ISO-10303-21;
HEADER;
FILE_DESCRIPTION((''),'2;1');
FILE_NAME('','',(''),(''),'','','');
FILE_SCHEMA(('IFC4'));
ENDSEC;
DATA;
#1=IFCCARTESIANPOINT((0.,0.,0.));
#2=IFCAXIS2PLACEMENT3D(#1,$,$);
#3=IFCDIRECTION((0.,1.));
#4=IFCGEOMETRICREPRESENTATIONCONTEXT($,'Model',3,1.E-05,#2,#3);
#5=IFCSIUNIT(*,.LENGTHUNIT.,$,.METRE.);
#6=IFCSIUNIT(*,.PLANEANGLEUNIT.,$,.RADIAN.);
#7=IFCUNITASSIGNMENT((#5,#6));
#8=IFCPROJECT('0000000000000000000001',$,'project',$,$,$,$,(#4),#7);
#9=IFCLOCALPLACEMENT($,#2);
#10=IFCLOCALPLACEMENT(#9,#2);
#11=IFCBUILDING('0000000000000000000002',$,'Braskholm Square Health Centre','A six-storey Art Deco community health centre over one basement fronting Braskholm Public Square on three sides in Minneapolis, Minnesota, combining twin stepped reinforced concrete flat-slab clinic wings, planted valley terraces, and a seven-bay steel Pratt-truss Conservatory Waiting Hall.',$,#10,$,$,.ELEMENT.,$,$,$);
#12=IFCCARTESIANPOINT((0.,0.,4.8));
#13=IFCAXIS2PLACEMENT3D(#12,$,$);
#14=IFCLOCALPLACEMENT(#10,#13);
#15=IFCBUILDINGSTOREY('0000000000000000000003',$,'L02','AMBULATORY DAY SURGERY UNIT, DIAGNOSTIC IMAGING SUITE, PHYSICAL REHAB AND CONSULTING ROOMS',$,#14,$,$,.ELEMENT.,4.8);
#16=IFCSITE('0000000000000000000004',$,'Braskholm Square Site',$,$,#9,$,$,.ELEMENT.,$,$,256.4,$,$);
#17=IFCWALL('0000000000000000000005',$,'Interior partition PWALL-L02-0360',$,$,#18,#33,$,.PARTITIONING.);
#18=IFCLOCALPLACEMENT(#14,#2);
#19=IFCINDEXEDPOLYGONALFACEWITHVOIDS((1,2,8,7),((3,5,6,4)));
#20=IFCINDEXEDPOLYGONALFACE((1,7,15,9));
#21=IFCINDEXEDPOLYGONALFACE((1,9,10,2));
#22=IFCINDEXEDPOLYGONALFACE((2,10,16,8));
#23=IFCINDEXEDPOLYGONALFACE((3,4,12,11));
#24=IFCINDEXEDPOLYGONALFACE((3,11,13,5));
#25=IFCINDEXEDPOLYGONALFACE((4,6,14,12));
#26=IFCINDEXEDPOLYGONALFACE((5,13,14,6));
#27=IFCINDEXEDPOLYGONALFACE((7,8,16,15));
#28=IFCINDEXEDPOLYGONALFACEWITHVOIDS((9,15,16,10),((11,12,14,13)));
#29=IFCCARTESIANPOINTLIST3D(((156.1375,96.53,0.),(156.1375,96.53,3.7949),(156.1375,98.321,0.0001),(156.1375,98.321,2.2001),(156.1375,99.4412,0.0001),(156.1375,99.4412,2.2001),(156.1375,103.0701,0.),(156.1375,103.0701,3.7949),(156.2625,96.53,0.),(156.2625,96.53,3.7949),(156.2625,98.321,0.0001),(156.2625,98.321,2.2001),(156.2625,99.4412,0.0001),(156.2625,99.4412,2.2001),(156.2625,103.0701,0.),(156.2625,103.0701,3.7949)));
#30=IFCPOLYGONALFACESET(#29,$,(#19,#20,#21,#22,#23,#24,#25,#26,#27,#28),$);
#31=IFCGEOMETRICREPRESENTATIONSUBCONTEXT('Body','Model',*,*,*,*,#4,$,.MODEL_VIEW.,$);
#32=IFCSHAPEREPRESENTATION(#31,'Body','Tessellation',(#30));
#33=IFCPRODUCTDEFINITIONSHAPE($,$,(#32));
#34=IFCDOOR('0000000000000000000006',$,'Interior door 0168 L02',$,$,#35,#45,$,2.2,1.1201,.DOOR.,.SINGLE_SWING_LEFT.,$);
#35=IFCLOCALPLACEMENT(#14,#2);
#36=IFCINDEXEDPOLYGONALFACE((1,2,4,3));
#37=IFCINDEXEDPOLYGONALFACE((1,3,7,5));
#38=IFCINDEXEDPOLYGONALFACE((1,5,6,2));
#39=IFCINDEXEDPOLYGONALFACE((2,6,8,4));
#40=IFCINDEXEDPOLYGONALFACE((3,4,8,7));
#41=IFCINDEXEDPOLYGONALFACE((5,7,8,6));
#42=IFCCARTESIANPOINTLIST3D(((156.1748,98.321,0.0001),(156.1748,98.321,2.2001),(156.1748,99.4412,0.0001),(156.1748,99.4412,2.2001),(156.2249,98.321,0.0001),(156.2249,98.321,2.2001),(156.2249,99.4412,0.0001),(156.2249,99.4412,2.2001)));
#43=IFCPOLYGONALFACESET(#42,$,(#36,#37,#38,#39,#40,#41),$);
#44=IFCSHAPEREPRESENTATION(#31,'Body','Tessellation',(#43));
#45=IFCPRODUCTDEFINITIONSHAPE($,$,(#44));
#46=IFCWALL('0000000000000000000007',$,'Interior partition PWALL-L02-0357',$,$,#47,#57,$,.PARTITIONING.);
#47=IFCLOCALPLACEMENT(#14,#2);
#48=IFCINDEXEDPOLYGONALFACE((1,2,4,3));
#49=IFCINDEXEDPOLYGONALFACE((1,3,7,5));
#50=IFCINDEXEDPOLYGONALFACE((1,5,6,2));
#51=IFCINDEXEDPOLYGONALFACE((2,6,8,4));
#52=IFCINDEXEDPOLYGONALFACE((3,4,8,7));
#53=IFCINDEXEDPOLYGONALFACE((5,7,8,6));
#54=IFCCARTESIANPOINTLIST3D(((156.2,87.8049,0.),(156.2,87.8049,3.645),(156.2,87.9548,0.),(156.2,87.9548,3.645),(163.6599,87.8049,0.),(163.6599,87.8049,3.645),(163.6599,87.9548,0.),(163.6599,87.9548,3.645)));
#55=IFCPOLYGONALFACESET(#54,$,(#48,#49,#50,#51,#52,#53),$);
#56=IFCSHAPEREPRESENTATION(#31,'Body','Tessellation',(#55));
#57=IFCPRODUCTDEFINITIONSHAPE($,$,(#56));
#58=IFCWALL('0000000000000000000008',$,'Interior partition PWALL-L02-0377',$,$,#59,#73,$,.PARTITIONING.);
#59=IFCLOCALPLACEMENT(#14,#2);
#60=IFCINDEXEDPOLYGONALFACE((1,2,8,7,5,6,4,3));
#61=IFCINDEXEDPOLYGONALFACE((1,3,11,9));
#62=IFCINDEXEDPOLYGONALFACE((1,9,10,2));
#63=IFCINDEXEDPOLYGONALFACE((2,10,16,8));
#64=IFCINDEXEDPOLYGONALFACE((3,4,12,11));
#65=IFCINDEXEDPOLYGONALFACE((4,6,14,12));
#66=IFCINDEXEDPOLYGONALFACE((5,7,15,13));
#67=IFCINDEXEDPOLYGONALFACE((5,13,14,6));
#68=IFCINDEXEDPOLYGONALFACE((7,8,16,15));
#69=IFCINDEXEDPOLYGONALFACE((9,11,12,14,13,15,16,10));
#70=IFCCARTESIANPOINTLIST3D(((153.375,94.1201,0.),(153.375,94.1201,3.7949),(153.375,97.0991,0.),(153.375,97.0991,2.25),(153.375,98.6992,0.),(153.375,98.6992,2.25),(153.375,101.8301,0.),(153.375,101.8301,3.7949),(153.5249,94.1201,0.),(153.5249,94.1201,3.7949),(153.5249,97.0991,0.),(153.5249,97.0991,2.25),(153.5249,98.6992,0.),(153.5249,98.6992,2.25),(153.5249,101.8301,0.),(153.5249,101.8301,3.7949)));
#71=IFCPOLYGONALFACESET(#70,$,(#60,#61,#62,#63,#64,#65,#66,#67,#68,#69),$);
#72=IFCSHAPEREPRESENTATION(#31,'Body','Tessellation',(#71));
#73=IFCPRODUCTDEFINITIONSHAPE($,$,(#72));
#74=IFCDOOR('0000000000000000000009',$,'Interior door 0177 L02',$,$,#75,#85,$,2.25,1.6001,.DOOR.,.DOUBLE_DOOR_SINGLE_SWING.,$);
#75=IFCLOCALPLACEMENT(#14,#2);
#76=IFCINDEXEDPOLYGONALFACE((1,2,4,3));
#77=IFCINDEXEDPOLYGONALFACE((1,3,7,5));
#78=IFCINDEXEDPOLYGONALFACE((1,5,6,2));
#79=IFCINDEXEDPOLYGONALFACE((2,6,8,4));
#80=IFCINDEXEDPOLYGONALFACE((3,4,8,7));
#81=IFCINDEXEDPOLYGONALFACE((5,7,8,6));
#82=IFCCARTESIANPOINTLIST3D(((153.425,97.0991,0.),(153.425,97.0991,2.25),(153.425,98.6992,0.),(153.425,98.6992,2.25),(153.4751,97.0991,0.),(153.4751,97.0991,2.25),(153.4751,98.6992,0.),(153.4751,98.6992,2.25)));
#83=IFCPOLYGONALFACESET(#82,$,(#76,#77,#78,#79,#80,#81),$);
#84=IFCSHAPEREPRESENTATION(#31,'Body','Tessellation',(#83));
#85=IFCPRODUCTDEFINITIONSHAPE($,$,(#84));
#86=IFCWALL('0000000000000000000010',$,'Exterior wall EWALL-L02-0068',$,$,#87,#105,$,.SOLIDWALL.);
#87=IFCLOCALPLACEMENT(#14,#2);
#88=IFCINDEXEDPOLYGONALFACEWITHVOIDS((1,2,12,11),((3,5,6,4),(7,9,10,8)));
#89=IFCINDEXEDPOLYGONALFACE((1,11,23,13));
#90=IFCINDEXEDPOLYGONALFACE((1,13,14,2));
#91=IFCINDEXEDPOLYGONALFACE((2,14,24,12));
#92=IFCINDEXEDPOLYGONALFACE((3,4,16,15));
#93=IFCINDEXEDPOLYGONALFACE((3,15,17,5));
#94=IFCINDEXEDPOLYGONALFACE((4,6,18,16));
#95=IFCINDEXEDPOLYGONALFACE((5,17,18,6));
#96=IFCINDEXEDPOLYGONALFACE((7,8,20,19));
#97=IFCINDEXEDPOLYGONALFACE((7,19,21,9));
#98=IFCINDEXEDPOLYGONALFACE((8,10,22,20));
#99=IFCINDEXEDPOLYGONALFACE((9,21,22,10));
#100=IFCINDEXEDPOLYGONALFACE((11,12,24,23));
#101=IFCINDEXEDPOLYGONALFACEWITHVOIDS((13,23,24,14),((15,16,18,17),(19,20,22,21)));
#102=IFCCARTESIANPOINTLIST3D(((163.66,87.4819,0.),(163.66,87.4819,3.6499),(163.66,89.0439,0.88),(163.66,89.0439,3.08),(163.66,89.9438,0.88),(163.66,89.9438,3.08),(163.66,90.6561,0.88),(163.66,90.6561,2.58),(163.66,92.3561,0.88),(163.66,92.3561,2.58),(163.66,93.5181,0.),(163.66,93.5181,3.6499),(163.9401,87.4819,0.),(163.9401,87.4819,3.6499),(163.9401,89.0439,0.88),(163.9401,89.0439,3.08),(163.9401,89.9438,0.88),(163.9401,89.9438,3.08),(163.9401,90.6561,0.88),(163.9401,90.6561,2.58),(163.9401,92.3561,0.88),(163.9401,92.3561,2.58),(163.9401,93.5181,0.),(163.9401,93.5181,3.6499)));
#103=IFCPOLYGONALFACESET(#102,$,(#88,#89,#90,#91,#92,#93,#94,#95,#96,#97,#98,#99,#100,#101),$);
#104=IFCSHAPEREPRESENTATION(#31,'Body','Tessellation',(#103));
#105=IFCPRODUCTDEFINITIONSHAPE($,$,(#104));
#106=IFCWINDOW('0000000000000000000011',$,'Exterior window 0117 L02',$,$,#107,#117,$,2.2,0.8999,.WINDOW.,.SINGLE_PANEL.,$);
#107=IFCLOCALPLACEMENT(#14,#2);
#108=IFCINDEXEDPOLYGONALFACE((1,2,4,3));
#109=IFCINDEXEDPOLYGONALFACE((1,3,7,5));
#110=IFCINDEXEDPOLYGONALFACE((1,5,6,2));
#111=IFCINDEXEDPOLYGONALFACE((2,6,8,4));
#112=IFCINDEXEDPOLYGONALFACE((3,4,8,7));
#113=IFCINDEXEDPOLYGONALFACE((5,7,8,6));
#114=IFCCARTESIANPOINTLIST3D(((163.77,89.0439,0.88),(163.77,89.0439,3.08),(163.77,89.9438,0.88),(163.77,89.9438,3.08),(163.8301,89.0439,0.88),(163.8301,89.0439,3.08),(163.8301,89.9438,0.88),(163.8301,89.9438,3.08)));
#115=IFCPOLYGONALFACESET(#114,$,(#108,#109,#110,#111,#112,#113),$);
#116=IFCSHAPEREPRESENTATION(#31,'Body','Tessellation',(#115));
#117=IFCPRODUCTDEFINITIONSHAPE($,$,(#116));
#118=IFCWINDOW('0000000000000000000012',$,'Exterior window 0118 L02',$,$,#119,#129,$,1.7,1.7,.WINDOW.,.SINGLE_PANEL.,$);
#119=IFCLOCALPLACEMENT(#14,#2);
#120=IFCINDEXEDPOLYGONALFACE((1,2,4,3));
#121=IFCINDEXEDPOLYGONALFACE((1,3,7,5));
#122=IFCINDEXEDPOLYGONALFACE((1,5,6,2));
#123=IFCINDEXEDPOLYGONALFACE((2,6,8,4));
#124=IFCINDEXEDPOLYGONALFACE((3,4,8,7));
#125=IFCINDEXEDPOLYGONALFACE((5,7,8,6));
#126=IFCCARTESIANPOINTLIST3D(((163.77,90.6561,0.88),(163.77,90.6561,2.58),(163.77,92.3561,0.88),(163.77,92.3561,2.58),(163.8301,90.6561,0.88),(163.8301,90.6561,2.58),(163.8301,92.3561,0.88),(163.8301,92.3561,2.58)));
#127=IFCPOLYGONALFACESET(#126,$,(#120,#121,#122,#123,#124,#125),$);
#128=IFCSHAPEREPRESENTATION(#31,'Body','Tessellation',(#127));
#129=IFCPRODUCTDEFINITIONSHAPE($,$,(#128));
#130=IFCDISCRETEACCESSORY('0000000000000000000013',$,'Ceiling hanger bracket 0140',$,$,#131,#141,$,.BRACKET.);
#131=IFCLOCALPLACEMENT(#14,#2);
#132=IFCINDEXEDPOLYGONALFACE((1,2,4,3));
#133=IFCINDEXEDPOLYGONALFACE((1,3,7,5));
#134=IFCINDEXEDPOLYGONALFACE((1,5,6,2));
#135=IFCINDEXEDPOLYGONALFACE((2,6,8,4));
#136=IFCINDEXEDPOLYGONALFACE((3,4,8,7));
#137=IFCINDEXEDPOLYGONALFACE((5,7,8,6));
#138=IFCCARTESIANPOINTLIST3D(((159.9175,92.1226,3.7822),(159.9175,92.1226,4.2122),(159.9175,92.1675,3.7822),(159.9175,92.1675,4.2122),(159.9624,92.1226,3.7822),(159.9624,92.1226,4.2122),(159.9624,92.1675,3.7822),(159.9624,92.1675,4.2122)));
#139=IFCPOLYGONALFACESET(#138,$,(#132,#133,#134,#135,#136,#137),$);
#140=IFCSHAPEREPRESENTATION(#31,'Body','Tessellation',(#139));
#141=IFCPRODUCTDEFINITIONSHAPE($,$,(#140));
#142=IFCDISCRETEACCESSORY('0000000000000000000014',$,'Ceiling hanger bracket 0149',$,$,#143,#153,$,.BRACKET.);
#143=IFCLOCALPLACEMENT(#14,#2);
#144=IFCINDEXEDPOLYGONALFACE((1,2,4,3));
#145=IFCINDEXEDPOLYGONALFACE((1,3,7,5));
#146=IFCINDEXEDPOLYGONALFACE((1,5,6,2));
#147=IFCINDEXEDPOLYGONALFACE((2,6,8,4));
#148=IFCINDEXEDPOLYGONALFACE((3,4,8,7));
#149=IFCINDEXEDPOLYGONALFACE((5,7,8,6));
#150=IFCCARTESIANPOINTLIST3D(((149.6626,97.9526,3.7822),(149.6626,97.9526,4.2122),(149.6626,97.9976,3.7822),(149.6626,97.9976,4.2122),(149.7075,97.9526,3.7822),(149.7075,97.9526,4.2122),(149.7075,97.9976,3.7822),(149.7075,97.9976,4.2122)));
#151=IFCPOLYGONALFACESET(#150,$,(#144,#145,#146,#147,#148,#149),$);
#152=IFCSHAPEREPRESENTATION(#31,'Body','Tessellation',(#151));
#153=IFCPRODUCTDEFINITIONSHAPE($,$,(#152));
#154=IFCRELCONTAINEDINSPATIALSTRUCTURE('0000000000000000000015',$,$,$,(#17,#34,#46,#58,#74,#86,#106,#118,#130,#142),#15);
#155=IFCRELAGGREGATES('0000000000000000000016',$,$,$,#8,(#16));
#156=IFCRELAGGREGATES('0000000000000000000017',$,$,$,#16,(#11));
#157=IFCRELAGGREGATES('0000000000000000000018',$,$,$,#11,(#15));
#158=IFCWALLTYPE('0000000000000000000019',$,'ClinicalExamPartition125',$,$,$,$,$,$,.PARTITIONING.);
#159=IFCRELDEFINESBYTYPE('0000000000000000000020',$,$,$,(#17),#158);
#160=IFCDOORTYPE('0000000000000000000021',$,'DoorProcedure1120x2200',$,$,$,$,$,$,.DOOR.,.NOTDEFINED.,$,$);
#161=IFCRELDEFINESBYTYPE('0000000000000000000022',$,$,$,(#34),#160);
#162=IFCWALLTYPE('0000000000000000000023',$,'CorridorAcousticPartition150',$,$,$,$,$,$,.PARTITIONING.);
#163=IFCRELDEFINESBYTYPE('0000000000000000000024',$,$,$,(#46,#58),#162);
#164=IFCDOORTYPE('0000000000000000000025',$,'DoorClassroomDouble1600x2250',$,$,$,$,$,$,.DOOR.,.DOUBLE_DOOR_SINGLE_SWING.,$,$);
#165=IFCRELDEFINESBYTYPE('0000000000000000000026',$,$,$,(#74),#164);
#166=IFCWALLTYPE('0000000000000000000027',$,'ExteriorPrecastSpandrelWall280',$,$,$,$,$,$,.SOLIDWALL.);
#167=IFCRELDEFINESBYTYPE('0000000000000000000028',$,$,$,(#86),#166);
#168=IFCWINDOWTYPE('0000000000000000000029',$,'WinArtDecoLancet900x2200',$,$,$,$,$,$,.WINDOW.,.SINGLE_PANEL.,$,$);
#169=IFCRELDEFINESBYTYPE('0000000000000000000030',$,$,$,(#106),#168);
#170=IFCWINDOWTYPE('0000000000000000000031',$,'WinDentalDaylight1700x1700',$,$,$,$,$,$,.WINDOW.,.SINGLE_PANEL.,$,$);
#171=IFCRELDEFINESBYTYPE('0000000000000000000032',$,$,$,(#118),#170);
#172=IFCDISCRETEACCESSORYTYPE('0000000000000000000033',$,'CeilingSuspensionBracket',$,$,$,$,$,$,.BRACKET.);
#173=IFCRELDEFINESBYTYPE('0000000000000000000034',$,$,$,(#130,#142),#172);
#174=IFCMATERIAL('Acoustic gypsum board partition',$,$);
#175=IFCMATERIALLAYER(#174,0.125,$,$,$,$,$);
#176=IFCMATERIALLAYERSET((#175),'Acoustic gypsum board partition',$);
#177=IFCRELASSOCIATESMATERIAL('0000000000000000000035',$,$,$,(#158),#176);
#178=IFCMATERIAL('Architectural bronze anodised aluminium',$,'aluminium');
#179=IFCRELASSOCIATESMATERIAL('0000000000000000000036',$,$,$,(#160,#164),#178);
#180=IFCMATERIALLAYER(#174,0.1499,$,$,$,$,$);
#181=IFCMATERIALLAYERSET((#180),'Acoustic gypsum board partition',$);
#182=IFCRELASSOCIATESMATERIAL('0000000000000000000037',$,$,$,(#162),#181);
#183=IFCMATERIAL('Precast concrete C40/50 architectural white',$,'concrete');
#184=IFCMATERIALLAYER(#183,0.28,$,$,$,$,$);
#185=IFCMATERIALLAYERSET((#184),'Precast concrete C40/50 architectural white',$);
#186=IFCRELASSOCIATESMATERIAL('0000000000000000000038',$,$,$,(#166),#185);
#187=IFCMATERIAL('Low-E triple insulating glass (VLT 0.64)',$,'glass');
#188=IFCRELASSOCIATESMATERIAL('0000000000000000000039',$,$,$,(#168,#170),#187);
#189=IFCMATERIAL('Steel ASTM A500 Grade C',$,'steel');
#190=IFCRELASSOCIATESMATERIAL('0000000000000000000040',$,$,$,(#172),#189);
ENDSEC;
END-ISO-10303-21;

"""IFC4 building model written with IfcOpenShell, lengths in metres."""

from ifc_helpers import new_model, si_unit, direction, frame, frame_2d, origin, origin_with_axes, origin_2d, place, context, subcontext, project, spatial, rectangle, extrude, material, layer, layer_set, type_object, element, fill, save


model = new_model("IFC4")

# Units and contexts
model_context = context("Model", 3, precision=1e-05, world=origin(), true_north=direction((0.0, 1.0)))
body_context = subcontext(model_context, "Body", "Model", "MODEL_VIEW")
ifc_project = project(units=[si_unit("LENGTHUNIT", "METRE"), si_unit("PLANEANGLEUNIT", "RADIAN")], contexts=[model_context])

# Site, building, storey
site_placement = place(None, origin())
site = spatial("IfcSite", under=ifc_project, at=site_placement, Name="Braskholm Square Site", CompositionType="ELEMENT", RefElevation=256.4)
building_placement = place(site_placement, origin())
building = spatial("IfcBuilding", under=site, at=building_placement, Name="Braskholm Square Health Centre", Description="A six-storey Art Deco community health centre over one basement fronting Braskholm Public Square on three sides in Minneapolis, Minnesota, combining twin stepped reinforced concrete flat-slab clinic wings, planted valley terraces, and a seven-bay steel Pratt-truss Conservatory Waiting Hall.", CompositionType="ELEMENT")
storey_placement = place(building_placement, frame((0.0, 0.0, 4.8)))
storey = spatial("IfcBuildingStorey", under=building, at=storey_placement, Name="L02", Description="AMBULATORY DAY SURGERY UNIT, DIAGNOSTIC IMAGING SUITE, PHYSICAL REHAB AND CONSULTING ROOMS", CompositionType="ELEMENT", Elevation=4.8)

# Shared definitions
ifc_material_1 = material(Name="Precast concrete C40/50 architectural white", Category="concrete")

# Shared definitions
ifc_material_2 = material(Name="Low-E triple insulating glass (VLT 0.64)", Category="glass")
ifc_material_3 = material(Name="Architectural bronze anodised aluminium", Category="aluminium")

# Shared definitions
ifc_material_4 = material(Name="Acoustic gypsum board partition")
ifc_layer_1 = layer(ifc_material_4, 0.125)
ifc_layer_set_1 = layer_set([ifc_layer_1], Name="Acoustic gypsum board partition")
wall_type_1 = type_object("IfcWallType", Name="ClinicalExamPartition125", PredefinedType="PARTITIONING", material=ifc_layer_set_1)

# Wall, opening, door
wall_1_placement = place(storey_placement, frame((156.2, 96.53, 0.0), z_axis=(0.0, 0.0, 1.0), x_axis=(0.0, 1.0, 0.0)))
wall_1 = element("IfcWall", 1, at=wall_1_placement, inside=storey, type_object=wall_type_1, Name="Interior partition PWALL-L02-0360", PredefinedType="PARTITIONING", context=body_context, shape_type="SweptSolid", body=[
    extrude(rectangle(XDim=6.54, YDim=0.125, at=frame_2d((3.27, 0.0))), origin(), (0.0, 0.0, 1.0), 3.7949),
])
opening_1_placement = place(wall_1_placement, frame((1.791, 0.0, 0.0)))
opening_1 = element("IfcOpeningElement", 2, at=opening_1_placement, cuts=wall_1, PredefinedType="OPENING", context=body_context, shape_type="SweptSolid", body=[
    extrude(rectangle(XDim=1.1201, YDim=2.2, at=frame_2d((0.5601, 1.1001))), frame((0.0, 0.0725, 0.0), z_axis=(0.0, -1.0, 0.0), x_axis=(1.0, 0.0, 0.0)), (0.0, 0.0, 1.0), 0.145),
])
door_type_1 = type_object("IfcDoorType", Name="DoorProcedure1120x2200", OperationType="NOTDEFINED", PredefinedType="DOOR", material=ifc_material_3)
door_1_placement = place(opening_1_placement, frame((1.1201, 0.0, 0.0), z_axis=(0.0, 0.0, 1.0), x_axis=(-1.0, 0.0, 0.0)))
door_1 = element("IfcDoor", 3, at=door_1_placement, inside=storey, type_object=door_type_1, Name="Interior door 0168 L02", OperationType="SINGLE_SWING_LEFT", OverallHeight=2.2, OverallWidth=1.1201, PredefinedType="DOOR", context=body_context, shape_type="SweptSolid", body=[
    extrude(rectangle(XDim=1.1201, YDim=2.2, at=frame_2d((0.5601, 1.1001))), frame((0.0, 0.0249, 0.0), z_axis=(0.0, -1.0, 0.0), x_axis=(1.0, 0.0, 0.0)), (0.0, 0.0, 1.0), 0.05),
])
fill(opening_1, door_1)

# Wall
ifc_layer_2 = layer(ifc_material_4, 0.1499)
ifc_layer_set_2 = layer_set([ifc_layer_2], Name="Acoustic gypsum board partition")
wall_type_2 = type_object("IfcWallType", Name="CorridorAcousticPartition150", PredefinedType="PARTITIONING", material=ifc_layer_set_2)
wall_2_placement = place(storey_placement, frame((156.2, 87.8799, 0.0), z_axis=(0.0, 0.0, 1.0), x_axis=(1.0, 0.0, 0.0)))
element("IfcWall", 4, at=wall_2_placement, inside=storey, type_object=wall_type_2, Name="Interior partition PWALL-L02-0357", PredefinedType="PARTITIONING", context=body_context, shape_type="SweptSolid", body=[
    extrude(rectangle(XDim=7.46, YDim=0.1499, at=frame_2d((3.73, 0.0))), origin(), (0.0, 0.0, 1.0), 3.645),
])

# Wall, opening, door
wall_3_placement = place(storey_placement, frame((153.45, 94.1201, 0.0), z_axis=(0.0, 0.0, 1.0), x_axis=(0.0, 1.0, 0.0)))
wall_3 = element("IfcWall", 5, at=wall_3_placement, inside=storey, type_object=wall_type_2, Name="Interior partition PWALL-L02-0377", PredefinedType="PARTITIONING", context=body_context, shape_type="SweptSolid", body=[
    extrude(rectangle(XDim=7.71, YDim=0.1499, at=frame_2d((3.855, 0.0))), origin(), (0.0, 0.0, 1.0), 3.7949),
])
opening_2_placement = place(wall_3_placement, frame((2.979, 0.0, 0.0)))
opening_2 = element("IfcOpeningElement", 6, at=opening_2_placement, cuts=wall_3, PredefinedType="OPENING", context=body_context, shape_type="SweptSolid", body=[
    extrude(rectangle(XDim=1.6001, YDim=2.25, at=frame_2d((0.8, 1.125))), frame((0.0, 0.085, 0.0), z_axis=(0.0, -1.0, 0.0), x_axis=(1.0, 0.0, 0.0)), (0.0, 0.0, 1.0), 0.1699),
])
door_type_2 = type_object("IfcDoorType", Name="DoorClassroomDouble1600x2250", OperationType="DOUBLE_DOOR_SINGLE_SWING", PredefinedType="DOOR", material=ifc_material_3)
door_2_placement = place(opening_2_placement, origin_with_axes())
door_2 = element("IfcDoor", 7, at=door_2_placement, inside=storey, type_object=door_type_2, Name="Interior door 0177 L02", OperationType="DOUBLE_DOOR_SINGLE_SWING", OverallHeight=2.25, OverallWidth=1.6001, PredefinedType="DOOR", context=body_context, shape_type="SweptSolid", body=[
    extrude(rectangle(XDim=1.6001, YDim=2.25, at=frame_2d((0.8, 1.125))), frame((0.0, 0.0249, 0.0), z_axis=(0.0, -1.0, 0.0), x_axis=(1.0, 0.0, 0.0)), (0.0, 0.0, 1.0), 0.05),
])
fill(opening_2, door_2)

# Wall, openings, windows
ifc_layer_3 = layer(ifc_material_1, 0.28)
ifc_layer_set_3 = layer_set([ifc_layer_3], Name="Precast concrete C40/50 architectural white")
wall_type_3 = type_object("IfcWallType", Name="ExteriorPrecastSpandrelWall280", PredefinedType="SOLIDWALL", material=ifc_layer_set_3)
wall_4_placement = place(storey_placement, frame((163.8, 87.4819, 0.0), z_axis=(0.0, 0.0, 1.0), x_axis=(0.0, 1.0, 0.0)))
wall_4 = element("IfcWall", 8, at=wall_4_placement, inside=storey, type_object=wall_type_3, Name="Exterior wall EWALL-L02-0068", PredefinedType="SOLIDWALL", context=body_context, shape_type="SweptSolid", body=[
    extrude(rectangle(XDim=6.0361, YDim=0.28, at=frame_2d((3.0181, 0.0))), origin(), (0.0, 0.0, 1.0), 3.6499),
])
opening_3_placement = place(wall_4_placement, frame((1.562, 0.0, 0.8799)))
opening_3 = element("IfcOpeningElement", 9, at=opening_3_placement, cuts=wall_4, PredefinedType="OPENING", context=body_context, shape_type="SweptSolid", body=[
    extrude(rectangle(XDim=0.8999, YDim=2.2, at=frame_2d((0.45, 1.1001))), frame((0.0, 0.1499, 0.0), z_axis=(0.0, -1.0, 0.0), x_axis=(1.0, 0.0, 0.0)), (0.0, 0.0, 1.0), 0.3),
])
opening_4_placement = place(wall_4_placement, frame((3.1741, 0.0, 0.8799)))
opening_4 = element("IfcOpeningElement", 10, at=opening_4_placement, cuts=wall_4, PredefinedType="OPENING", context=body_context, shape_type="SweptSolid", body=[
    extrude(rectangle(XDim=1.7, YDim=1.7, at=frame_2d((0.8501, 0.8501))), frame((0.0, 0.1499, 0.0), z_axis=(0.0, -1.0, 0.0), x_axis=(1.0, 0.0, 0.0)), (0.0, 0.0, 1.0), 0.3),
])
window_type_1 = type_object("IfcWindowType", Name="WinArtDecoLancet900x2200", PartitioningType="SINGLE_PANEL", PredefinedType="WINDOW", material=ifc_material_2)
window_1_placement = place(opening_3_placement, origin_with_axes())
window_1 = element("IfcWindow", 11, at=window_1_placement, inside=storey, type_object=window_type_1, Name="Exterior window 0117 L02", OverallHeight=2.2, OverallWidth=0.8999, PartitioningType="SINGLE_PANEL", PredefinedType="WINDOW", context=body_context, shape_type="SweptSolid", body=[
    extrude(rectangle(XDim=0.8999, YDim=2.2, at=frame_2d((0.45, 1.1001))), frame((0.0, 0.03, 0.0), z_axis=(0.0, -1.0, 0.0), x_axis=(1.0, 0.0, 0.0)), (0.0, 0.0, 1.0), 0.0601),
])
fill(opening_3, window_1)
window_type_2 = type_object("IfcWindowType", Name="WinDentalDaylight1700x1700", PartitioningType="SINGLE_PANEL", PredefinedType="WINDOW", material=ifc_material_2)
window_2_placement = place(opening_4_placement, origin_with_axes())
window_2 = element("IfcWindow", 12, at=window_2_placement, inside=storey, type_object=window_type_2, Name="Exterior window 0118 L02", OverallHeight=1.7, OverallWidth=1.7, PartitioningType="SINGLE_PANEL", PredefinedType="WINDOW", context=body_context, shape_type="SweptSolid", body=[
    extrude(rectangle(XDim=1.7, YDim=1.7, at=frame_2d((0.8501, 0.8501))), frame((0.0, 0.03, 0.0), z_axis=(0.0, -1.0, 0.0), x_axis=(1.0, 0.0, 0.0)), (0.0, 0.0, 1.0), 0.0601),
])
fill(opening_4, window_2)

# Discrete accessories
ifc_material_5 = material(Name="Steel ASTM A500 Grade C", Category="steel")
discrete_accessory_type = type_object("IfcDiscreteAccessoryType", Name="CeilingSuspensionBracket", PredefinedType="BRACKET", material=ifc_material_5)
for number, where, z_axis, x_axis, name in (
    (13, (159.9399, 92.145, 3.7822), (0.0, 0.0, 1.0), (1.0, 0.0, 0.0), "Ceiling hanger bracket 0140"),
    (14, (149.6851, 97.9751, 3.7822), (0.0, 0.0, 1.0), (1.0, 0.0, 0.0), "Ceiling hanger bracket 0149"),
):
    element("IfcDiscreteAccessory", number, at=place(storey_placement, frame(where, z_axis=z_axis, x_axis=x_axis)), inside=storey, type_object=discrete_accessory_type, Name=name, PredefinedType="BRACKET", context=body_context, shape_type="SweptSolid", body=[
        extrude(rectangle(XDim=0.0449, YDim=0.0449, at=origin_2d()), origin(), (0.0, 0.0, 1.0), 0.4299),
    ])

save(model, "model.ifc")
